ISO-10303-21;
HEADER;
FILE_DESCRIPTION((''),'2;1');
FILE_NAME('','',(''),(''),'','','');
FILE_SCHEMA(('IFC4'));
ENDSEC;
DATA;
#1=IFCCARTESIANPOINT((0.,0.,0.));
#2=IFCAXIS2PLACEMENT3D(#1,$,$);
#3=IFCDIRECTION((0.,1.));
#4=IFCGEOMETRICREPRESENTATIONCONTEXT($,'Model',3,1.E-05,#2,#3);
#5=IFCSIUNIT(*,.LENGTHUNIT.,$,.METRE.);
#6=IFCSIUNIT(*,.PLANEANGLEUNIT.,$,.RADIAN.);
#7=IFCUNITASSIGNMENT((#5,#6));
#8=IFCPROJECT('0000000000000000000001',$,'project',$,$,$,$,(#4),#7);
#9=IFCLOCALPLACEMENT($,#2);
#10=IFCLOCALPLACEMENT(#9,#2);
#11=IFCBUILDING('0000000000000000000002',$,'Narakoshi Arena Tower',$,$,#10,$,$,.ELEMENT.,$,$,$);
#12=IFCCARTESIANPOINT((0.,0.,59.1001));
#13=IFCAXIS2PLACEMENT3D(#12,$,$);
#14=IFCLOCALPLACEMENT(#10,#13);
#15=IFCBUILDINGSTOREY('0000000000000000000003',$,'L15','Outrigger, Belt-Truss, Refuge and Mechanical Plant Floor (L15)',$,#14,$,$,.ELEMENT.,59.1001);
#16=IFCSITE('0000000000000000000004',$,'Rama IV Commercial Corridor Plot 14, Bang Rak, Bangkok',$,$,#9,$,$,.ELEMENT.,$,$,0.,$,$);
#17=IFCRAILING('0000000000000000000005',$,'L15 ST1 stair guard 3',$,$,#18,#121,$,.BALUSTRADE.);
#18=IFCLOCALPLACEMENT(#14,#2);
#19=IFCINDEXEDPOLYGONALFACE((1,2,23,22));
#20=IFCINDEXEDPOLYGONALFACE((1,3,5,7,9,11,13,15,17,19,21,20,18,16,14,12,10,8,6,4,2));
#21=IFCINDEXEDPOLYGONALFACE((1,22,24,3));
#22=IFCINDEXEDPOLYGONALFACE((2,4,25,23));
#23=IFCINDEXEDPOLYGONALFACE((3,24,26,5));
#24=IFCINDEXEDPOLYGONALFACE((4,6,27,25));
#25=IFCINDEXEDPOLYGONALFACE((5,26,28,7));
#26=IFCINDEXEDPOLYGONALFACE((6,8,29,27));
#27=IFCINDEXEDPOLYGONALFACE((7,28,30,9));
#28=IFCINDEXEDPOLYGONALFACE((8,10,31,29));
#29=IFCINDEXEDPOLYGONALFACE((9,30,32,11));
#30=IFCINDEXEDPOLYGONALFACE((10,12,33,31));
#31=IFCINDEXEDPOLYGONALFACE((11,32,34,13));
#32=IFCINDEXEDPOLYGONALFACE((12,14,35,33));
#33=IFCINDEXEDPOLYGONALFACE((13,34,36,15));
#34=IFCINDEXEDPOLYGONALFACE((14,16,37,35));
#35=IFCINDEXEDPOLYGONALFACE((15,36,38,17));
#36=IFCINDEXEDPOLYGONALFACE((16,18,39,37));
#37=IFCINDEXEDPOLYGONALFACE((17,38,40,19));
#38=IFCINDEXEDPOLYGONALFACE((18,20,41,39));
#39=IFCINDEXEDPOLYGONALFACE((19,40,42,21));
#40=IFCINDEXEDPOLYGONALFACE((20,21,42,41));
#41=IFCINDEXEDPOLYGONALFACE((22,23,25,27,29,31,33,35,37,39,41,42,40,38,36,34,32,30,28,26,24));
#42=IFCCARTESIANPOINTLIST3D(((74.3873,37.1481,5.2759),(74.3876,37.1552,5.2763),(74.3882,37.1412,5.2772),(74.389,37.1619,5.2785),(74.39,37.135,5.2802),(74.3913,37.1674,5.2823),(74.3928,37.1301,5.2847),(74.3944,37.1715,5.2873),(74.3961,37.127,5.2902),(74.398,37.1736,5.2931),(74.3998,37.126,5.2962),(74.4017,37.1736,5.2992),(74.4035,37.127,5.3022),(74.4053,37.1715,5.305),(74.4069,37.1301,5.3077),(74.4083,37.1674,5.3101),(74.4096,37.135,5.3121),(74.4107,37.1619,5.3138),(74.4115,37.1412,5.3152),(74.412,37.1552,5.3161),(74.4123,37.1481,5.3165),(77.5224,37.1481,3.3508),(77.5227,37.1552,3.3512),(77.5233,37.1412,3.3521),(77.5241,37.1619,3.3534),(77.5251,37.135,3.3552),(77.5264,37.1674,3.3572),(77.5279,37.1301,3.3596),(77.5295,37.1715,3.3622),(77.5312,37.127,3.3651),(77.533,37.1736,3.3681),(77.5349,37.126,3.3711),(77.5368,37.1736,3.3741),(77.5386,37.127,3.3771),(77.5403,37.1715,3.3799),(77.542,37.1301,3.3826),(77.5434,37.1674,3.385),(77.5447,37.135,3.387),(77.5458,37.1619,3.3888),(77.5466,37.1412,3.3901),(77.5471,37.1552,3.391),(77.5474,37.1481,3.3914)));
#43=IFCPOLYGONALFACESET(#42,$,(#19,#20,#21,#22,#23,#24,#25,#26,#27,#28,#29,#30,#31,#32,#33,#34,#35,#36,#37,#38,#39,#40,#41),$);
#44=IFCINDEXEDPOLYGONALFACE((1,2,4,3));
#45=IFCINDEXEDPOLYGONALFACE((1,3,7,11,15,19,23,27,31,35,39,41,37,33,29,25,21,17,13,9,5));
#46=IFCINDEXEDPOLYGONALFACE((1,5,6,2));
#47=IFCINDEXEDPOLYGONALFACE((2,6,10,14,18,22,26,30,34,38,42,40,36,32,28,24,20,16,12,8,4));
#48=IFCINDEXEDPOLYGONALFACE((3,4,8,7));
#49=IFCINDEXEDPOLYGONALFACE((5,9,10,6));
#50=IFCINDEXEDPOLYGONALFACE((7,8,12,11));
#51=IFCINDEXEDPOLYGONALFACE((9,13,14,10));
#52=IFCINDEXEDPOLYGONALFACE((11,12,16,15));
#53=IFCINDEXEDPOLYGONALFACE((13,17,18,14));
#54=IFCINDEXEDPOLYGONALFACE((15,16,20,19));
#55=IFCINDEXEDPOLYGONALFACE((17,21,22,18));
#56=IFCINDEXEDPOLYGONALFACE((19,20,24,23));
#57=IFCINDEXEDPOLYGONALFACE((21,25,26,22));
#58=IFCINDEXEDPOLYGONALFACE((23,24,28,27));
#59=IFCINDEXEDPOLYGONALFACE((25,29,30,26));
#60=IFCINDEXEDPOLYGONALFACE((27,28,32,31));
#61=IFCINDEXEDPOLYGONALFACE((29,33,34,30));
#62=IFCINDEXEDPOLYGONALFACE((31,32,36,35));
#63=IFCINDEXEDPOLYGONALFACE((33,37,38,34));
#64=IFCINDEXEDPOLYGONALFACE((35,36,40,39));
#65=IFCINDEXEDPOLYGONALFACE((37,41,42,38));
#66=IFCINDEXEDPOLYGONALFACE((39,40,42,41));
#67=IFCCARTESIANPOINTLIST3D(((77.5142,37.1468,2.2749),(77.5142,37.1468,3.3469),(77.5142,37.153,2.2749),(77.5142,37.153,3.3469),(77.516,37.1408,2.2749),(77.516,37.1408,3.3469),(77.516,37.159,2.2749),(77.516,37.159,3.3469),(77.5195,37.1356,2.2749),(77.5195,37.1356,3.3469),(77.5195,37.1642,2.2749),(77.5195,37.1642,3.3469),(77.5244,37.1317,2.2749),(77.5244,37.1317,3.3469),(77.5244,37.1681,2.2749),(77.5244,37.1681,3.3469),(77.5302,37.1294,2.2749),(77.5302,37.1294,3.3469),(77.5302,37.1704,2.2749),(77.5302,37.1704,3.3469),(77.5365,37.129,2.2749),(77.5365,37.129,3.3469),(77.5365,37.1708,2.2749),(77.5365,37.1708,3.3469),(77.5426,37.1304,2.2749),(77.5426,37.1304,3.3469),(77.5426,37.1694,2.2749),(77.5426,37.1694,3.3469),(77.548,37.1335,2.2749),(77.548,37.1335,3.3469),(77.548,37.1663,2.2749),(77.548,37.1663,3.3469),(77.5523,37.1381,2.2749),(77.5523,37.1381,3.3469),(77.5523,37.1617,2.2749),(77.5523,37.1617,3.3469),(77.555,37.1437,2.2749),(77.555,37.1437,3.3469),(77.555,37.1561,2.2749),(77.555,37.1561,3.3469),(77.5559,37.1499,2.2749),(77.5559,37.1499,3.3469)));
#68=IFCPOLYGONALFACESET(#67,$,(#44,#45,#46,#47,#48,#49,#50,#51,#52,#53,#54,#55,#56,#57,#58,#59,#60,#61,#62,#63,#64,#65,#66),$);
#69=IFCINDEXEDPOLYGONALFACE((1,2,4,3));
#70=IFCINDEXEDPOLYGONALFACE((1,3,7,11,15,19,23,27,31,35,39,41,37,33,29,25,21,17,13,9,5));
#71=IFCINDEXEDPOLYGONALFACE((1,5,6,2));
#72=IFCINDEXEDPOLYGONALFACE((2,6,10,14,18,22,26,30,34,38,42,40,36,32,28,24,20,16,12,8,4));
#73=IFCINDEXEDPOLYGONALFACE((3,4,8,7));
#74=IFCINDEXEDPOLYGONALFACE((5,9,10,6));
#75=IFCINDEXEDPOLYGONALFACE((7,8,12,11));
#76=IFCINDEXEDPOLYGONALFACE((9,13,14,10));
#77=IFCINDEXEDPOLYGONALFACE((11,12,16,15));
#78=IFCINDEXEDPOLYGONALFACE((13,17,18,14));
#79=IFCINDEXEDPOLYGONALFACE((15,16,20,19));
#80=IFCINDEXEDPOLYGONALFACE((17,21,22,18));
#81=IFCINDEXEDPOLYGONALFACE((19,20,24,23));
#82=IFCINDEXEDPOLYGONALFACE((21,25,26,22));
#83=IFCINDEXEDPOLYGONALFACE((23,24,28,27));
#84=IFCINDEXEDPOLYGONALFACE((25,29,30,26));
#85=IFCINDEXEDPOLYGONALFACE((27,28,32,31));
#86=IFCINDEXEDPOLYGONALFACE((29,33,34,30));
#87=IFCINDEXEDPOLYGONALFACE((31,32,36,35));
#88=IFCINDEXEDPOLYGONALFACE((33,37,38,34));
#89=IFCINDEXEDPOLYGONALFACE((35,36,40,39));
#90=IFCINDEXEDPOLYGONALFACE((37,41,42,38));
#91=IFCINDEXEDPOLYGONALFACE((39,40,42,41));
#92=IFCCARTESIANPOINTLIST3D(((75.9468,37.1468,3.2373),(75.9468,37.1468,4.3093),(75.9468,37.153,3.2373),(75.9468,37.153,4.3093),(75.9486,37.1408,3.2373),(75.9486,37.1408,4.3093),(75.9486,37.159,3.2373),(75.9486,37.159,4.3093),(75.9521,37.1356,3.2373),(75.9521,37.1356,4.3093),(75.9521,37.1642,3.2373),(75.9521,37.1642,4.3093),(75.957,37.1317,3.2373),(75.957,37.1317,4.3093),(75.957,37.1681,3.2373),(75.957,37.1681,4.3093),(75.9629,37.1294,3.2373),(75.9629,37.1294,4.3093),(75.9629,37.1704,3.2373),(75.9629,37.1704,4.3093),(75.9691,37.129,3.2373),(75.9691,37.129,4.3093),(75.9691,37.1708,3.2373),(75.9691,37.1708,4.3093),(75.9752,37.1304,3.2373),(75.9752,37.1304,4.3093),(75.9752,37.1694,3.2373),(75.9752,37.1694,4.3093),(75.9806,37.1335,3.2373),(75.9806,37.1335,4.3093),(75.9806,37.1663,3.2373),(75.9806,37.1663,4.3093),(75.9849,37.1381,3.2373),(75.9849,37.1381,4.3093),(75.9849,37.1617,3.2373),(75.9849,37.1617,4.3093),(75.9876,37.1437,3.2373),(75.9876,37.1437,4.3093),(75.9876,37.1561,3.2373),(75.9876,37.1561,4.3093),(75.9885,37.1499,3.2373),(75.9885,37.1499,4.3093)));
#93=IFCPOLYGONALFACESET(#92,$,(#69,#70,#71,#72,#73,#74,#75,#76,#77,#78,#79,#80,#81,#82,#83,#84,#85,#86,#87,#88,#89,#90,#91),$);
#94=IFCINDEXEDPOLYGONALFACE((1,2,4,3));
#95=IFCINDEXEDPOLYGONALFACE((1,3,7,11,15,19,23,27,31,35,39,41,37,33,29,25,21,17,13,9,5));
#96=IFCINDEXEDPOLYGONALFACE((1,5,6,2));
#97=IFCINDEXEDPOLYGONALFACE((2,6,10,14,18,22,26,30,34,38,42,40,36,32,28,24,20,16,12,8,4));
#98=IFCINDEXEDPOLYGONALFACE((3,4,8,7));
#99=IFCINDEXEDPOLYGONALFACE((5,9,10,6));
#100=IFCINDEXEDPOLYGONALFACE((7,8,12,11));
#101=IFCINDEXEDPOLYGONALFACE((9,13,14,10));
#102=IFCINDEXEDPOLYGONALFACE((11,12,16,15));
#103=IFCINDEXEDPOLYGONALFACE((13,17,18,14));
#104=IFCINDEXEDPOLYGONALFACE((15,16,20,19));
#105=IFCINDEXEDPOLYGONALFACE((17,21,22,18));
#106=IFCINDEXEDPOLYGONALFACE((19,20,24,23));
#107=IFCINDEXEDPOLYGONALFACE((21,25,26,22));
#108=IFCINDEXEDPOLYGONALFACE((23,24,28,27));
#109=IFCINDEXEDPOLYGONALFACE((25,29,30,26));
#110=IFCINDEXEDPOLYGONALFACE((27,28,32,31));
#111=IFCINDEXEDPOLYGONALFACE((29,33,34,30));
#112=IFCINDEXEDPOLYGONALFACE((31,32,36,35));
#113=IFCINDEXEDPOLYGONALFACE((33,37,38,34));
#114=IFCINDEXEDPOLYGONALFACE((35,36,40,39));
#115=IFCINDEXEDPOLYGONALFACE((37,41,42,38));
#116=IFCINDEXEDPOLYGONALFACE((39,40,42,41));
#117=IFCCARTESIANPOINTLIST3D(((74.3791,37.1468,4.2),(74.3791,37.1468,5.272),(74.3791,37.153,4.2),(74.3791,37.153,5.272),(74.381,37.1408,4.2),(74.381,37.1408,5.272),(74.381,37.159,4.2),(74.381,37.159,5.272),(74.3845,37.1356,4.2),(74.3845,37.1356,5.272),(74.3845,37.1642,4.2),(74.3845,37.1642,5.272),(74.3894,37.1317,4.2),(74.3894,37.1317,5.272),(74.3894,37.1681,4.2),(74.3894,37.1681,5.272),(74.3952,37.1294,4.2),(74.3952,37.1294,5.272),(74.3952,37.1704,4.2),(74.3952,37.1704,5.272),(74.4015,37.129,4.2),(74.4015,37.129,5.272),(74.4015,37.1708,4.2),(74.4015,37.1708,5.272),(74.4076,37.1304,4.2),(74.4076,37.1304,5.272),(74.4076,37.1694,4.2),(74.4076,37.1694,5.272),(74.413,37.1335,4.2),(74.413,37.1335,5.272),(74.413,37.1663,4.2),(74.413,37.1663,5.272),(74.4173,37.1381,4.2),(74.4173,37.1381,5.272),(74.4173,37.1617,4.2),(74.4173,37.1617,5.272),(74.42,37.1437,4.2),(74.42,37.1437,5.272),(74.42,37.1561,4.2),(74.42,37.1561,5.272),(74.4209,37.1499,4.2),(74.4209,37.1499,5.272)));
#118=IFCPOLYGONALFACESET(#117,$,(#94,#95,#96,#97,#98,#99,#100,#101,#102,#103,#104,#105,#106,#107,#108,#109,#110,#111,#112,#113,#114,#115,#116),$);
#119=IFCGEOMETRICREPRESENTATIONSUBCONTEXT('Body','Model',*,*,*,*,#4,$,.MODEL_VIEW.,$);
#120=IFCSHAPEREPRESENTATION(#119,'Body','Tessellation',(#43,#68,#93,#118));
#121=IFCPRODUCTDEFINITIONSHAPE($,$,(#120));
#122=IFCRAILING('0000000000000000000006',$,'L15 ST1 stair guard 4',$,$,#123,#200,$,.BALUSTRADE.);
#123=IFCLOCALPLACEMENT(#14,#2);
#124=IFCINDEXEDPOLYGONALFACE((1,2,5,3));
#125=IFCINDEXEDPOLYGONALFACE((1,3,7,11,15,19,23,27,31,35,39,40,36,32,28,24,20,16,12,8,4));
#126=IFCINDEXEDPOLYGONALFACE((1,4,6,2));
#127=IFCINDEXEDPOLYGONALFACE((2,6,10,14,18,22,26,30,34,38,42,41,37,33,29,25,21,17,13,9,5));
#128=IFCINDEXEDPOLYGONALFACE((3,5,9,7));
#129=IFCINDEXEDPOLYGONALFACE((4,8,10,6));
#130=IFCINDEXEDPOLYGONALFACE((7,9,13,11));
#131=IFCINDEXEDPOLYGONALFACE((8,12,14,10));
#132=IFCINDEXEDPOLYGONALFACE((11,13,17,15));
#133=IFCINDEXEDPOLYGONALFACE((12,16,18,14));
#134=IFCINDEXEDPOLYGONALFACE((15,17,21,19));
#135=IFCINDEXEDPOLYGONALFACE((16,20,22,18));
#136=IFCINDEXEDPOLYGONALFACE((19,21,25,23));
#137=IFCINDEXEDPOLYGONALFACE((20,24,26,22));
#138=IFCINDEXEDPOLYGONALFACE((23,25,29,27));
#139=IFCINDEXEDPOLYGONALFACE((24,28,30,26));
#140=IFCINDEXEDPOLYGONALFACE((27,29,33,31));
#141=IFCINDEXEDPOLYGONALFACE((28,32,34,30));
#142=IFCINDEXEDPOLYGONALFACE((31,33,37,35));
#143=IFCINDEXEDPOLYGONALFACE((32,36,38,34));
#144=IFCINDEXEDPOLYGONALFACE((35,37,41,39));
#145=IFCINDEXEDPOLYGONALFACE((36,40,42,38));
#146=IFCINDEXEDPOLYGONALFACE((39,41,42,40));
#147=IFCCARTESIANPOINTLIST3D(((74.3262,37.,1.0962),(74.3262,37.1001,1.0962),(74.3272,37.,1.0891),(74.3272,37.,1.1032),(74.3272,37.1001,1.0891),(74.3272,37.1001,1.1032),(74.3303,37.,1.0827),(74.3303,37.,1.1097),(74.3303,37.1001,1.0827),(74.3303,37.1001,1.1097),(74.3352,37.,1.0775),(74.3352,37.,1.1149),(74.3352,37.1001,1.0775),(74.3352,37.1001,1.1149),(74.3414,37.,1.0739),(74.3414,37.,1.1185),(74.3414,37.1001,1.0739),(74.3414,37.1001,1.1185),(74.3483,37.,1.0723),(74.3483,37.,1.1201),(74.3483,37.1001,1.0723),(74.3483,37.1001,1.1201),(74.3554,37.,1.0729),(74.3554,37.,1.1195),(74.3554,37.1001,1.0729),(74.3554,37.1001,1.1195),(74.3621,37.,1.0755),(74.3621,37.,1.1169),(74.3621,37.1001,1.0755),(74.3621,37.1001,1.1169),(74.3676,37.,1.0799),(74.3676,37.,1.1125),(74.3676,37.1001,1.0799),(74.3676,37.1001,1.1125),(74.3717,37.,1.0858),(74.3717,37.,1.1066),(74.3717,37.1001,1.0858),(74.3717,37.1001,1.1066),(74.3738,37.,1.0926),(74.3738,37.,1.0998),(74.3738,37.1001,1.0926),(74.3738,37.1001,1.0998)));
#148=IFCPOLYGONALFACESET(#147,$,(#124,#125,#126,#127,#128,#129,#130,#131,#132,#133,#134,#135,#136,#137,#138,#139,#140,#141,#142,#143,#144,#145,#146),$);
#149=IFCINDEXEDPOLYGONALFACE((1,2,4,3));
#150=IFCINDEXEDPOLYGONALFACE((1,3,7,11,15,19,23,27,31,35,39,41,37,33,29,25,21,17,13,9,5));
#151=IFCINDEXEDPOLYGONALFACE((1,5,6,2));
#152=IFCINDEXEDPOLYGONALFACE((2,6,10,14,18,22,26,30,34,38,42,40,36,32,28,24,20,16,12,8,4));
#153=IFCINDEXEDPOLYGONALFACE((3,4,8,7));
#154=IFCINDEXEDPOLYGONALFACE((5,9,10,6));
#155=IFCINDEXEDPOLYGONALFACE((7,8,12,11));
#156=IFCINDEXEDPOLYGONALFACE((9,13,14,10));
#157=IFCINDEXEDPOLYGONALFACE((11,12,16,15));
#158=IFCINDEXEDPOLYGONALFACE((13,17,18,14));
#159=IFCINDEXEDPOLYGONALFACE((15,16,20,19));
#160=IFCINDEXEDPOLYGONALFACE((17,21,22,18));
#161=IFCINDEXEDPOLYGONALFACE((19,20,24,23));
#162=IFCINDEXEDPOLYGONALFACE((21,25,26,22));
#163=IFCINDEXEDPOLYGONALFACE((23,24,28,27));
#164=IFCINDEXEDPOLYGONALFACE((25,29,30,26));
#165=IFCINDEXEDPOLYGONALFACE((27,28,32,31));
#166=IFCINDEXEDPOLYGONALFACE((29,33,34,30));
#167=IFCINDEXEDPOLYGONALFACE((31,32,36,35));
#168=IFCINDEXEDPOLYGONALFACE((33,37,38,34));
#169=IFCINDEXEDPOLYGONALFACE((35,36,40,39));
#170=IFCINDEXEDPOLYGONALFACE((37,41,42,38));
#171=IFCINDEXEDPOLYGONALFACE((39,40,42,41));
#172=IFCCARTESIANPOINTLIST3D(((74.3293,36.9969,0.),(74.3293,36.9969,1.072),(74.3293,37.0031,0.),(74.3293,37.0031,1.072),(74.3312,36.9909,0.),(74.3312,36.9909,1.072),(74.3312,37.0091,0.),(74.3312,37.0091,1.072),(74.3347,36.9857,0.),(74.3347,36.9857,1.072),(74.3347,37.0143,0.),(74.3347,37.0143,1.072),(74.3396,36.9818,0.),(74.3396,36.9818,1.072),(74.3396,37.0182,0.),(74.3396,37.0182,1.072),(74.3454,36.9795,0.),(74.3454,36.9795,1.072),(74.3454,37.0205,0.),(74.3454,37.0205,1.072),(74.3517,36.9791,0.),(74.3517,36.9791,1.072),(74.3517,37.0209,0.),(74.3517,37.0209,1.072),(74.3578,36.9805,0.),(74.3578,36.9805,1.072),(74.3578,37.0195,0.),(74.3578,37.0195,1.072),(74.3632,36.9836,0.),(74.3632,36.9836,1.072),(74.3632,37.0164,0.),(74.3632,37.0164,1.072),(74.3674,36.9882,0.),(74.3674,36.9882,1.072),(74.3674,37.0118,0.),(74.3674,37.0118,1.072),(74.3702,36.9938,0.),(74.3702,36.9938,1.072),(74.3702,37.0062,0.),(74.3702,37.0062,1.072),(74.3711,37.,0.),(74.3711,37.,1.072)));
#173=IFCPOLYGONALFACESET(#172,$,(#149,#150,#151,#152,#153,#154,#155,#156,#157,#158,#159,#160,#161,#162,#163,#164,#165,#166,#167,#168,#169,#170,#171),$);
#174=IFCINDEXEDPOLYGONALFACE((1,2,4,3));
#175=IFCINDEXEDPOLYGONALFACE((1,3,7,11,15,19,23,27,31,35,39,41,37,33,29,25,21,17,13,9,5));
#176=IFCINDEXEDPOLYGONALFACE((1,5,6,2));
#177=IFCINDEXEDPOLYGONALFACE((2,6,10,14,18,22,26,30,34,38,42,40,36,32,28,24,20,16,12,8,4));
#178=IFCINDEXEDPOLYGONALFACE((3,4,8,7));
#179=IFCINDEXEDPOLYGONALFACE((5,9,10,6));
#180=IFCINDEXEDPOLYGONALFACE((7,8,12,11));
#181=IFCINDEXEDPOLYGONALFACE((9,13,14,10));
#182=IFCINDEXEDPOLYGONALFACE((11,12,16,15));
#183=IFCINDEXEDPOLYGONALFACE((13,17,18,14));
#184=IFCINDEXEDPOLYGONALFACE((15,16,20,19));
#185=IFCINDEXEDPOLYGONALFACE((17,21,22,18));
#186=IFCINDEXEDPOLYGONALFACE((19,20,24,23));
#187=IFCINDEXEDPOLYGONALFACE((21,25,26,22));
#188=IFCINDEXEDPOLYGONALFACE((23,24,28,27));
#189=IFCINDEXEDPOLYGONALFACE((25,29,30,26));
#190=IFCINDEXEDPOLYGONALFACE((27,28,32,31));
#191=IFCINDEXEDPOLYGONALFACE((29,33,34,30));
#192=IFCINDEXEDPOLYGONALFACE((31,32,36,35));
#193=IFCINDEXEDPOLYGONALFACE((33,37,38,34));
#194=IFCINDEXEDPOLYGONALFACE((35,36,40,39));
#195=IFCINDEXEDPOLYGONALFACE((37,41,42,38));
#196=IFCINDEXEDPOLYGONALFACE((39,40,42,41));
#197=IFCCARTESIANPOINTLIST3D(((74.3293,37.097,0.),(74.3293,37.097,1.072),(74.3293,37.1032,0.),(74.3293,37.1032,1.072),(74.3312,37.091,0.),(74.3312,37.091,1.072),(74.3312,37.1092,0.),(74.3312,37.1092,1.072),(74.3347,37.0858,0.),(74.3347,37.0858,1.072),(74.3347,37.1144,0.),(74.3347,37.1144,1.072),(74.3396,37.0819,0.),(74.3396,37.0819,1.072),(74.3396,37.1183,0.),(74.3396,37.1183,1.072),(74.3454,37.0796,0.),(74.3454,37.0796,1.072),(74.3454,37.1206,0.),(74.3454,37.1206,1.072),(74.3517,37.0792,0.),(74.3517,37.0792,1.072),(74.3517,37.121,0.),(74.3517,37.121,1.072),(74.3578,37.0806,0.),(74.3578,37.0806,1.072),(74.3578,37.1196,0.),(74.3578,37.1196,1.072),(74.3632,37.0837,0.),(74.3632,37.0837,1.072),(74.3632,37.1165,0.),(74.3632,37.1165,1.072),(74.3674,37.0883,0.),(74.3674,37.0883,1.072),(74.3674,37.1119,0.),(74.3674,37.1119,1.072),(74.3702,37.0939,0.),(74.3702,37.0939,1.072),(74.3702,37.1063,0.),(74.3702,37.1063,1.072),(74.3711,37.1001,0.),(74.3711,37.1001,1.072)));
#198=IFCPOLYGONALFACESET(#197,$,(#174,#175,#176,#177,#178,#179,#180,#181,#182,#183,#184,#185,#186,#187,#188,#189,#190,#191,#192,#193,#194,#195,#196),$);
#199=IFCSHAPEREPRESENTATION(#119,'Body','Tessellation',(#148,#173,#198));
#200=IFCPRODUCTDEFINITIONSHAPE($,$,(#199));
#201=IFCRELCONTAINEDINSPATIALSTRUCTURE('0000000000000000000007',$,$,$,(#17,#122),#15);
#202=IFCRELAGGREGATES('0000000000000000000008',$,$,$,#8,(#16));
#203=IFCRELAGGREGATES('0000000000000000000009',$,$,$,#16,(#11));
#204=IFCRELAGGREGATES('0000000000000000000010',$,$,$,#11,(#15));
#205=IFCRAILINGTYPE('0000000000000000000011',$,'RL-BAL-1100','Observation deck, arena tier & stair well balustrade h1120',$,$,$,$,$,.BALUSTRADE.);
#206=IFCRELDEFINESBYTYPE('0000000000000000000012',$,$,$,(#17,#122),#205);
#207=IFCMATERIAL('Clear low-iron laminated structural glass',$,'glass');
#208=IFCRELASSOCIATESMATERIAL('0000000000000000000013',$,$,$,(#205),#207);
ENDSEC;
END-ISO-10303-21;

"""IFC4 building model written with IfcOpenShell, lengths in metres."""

from ifc_helpers import new_model, si_unit, direction, frame, origin, origin_2d, place, context, subcontext, project, spatial, circle, extrude, material, type_object, element, save


model = new_model("IFC4")

# Units and contexts
model_context = context("Model", 3, precision=1e-05, world=origin(), true_north=direction((0.0, 1.0)))
body_context = subcontext(model_context, "Body", "Model", "MODEL_VIEW")
ifc_project = project(units=[si_unit("LENGTHUNIT", "METRE"), si_unit("PLANEANGLEUNIT", "RADIAN")], contexts=[model_context])

# Site, building, storey
site_placement = place(None, origin())
site = spatial("IfcSite", under=ifc_project, at=site_placement, Name="Rama IV Commercial Corridor Plot 14, Bang Rak, Bangkok", CompositionType="ELEMENT", RefElevation=0.0)
building_placement = place(site_placement, origin())
building = spatial("IfcBuilding", under=site, at=building_placement, Name="Narakoshi Arena Tower", CompositionType="ELEMENT")
storey_placement = place(building_placement, frame((0.0, 0.0, 59.1001)))
storey = spatial("IfcBuildingStorey", under=building, at=storey_placement, Name="L15", Description="Outrigger, Belt-Truss, Refuge and Mechanical Plant Floor (L15)", CompositionType="ELEMENT", Elevation=59.1001)

# Railings
ifc_material_1 = material(Name="Clear low-iron laminated structural glass", Category="glass")
railing_type_1 = type_object("IfcRailingType", Name="RL-BAL-1100", Description="Observation deck, arena tier & stair well balustrade h1120", PredefinedType="BALUSTRADE", material=ifc_material_1)
railing_1_placement = place(storey_placement, frame((77.5349, 37.1499, 2.2749)))
element("IfcRailing", 1, at=railing_1_placement, inside=storey, type_object=railing_type_1, Name="L15 ST1 stair guard 3", PredefinedType="BALUSTRADE", context=body_context, shape_type="SweptSolid", body=[
    extrude(circle(Radius=0.0239, at=origin_2d()), frame((0.0, 0.0, 1.0962), z_axis=(-0.852166, 0.0, 0.523271), x_axis=(0.0, -1.0, 0.0)), (0.0, 0.0, 1.0), 3.679),
    extrude(circle(Radius=0.021, at=origin_2d()), origin(), (0.0, 0.0, 1.0), 1.072),
    extrude(circle(Radius=0.021, at=origin_2d()), frame((-1.5674, 0.0, 0.9624)), (0.0, 0.0, 1.0), 1.072),
    extrude(circle(Radius=0.021, at=origin_2d()), frame((-3.135, 0.0, 1.925)), (0.0, 0.0, 1.0), 1.072),
])
railing_2_placement = place(storey_placement, frame((74.3501, 37.0, 0.0)))
element("IfcRailing", 2, at=railing_2_placement, inside=storey, type_object=railing_type_1, Name="L15 ST1 stair guard 4", PredefinedType="BALUSTRADE", context=body_context, shape_type="SweptSolid", body=[
    extrude(circle(Radius=0.0239, at=origin_2d()), frame((0.0, 0.0, 1.0962), z_axis=(0.0, 1.0, 0.0), x_axis=(-1.0, 0.0, 0.0)), (0.0, 0.0, 1.0), 0.1001),
    extrude(circle(Radius=0.021, at=origin_2d()), origin(), (0.0, 0.0, 1.0), 1.072),
    extrude(circle(Radius=0.021, at=origin_2d()), frame((0.0, 0.1001, 0.0)), (0.0, 0.0, 1.0), 1.072),
])

save(model, "model.ifc")
